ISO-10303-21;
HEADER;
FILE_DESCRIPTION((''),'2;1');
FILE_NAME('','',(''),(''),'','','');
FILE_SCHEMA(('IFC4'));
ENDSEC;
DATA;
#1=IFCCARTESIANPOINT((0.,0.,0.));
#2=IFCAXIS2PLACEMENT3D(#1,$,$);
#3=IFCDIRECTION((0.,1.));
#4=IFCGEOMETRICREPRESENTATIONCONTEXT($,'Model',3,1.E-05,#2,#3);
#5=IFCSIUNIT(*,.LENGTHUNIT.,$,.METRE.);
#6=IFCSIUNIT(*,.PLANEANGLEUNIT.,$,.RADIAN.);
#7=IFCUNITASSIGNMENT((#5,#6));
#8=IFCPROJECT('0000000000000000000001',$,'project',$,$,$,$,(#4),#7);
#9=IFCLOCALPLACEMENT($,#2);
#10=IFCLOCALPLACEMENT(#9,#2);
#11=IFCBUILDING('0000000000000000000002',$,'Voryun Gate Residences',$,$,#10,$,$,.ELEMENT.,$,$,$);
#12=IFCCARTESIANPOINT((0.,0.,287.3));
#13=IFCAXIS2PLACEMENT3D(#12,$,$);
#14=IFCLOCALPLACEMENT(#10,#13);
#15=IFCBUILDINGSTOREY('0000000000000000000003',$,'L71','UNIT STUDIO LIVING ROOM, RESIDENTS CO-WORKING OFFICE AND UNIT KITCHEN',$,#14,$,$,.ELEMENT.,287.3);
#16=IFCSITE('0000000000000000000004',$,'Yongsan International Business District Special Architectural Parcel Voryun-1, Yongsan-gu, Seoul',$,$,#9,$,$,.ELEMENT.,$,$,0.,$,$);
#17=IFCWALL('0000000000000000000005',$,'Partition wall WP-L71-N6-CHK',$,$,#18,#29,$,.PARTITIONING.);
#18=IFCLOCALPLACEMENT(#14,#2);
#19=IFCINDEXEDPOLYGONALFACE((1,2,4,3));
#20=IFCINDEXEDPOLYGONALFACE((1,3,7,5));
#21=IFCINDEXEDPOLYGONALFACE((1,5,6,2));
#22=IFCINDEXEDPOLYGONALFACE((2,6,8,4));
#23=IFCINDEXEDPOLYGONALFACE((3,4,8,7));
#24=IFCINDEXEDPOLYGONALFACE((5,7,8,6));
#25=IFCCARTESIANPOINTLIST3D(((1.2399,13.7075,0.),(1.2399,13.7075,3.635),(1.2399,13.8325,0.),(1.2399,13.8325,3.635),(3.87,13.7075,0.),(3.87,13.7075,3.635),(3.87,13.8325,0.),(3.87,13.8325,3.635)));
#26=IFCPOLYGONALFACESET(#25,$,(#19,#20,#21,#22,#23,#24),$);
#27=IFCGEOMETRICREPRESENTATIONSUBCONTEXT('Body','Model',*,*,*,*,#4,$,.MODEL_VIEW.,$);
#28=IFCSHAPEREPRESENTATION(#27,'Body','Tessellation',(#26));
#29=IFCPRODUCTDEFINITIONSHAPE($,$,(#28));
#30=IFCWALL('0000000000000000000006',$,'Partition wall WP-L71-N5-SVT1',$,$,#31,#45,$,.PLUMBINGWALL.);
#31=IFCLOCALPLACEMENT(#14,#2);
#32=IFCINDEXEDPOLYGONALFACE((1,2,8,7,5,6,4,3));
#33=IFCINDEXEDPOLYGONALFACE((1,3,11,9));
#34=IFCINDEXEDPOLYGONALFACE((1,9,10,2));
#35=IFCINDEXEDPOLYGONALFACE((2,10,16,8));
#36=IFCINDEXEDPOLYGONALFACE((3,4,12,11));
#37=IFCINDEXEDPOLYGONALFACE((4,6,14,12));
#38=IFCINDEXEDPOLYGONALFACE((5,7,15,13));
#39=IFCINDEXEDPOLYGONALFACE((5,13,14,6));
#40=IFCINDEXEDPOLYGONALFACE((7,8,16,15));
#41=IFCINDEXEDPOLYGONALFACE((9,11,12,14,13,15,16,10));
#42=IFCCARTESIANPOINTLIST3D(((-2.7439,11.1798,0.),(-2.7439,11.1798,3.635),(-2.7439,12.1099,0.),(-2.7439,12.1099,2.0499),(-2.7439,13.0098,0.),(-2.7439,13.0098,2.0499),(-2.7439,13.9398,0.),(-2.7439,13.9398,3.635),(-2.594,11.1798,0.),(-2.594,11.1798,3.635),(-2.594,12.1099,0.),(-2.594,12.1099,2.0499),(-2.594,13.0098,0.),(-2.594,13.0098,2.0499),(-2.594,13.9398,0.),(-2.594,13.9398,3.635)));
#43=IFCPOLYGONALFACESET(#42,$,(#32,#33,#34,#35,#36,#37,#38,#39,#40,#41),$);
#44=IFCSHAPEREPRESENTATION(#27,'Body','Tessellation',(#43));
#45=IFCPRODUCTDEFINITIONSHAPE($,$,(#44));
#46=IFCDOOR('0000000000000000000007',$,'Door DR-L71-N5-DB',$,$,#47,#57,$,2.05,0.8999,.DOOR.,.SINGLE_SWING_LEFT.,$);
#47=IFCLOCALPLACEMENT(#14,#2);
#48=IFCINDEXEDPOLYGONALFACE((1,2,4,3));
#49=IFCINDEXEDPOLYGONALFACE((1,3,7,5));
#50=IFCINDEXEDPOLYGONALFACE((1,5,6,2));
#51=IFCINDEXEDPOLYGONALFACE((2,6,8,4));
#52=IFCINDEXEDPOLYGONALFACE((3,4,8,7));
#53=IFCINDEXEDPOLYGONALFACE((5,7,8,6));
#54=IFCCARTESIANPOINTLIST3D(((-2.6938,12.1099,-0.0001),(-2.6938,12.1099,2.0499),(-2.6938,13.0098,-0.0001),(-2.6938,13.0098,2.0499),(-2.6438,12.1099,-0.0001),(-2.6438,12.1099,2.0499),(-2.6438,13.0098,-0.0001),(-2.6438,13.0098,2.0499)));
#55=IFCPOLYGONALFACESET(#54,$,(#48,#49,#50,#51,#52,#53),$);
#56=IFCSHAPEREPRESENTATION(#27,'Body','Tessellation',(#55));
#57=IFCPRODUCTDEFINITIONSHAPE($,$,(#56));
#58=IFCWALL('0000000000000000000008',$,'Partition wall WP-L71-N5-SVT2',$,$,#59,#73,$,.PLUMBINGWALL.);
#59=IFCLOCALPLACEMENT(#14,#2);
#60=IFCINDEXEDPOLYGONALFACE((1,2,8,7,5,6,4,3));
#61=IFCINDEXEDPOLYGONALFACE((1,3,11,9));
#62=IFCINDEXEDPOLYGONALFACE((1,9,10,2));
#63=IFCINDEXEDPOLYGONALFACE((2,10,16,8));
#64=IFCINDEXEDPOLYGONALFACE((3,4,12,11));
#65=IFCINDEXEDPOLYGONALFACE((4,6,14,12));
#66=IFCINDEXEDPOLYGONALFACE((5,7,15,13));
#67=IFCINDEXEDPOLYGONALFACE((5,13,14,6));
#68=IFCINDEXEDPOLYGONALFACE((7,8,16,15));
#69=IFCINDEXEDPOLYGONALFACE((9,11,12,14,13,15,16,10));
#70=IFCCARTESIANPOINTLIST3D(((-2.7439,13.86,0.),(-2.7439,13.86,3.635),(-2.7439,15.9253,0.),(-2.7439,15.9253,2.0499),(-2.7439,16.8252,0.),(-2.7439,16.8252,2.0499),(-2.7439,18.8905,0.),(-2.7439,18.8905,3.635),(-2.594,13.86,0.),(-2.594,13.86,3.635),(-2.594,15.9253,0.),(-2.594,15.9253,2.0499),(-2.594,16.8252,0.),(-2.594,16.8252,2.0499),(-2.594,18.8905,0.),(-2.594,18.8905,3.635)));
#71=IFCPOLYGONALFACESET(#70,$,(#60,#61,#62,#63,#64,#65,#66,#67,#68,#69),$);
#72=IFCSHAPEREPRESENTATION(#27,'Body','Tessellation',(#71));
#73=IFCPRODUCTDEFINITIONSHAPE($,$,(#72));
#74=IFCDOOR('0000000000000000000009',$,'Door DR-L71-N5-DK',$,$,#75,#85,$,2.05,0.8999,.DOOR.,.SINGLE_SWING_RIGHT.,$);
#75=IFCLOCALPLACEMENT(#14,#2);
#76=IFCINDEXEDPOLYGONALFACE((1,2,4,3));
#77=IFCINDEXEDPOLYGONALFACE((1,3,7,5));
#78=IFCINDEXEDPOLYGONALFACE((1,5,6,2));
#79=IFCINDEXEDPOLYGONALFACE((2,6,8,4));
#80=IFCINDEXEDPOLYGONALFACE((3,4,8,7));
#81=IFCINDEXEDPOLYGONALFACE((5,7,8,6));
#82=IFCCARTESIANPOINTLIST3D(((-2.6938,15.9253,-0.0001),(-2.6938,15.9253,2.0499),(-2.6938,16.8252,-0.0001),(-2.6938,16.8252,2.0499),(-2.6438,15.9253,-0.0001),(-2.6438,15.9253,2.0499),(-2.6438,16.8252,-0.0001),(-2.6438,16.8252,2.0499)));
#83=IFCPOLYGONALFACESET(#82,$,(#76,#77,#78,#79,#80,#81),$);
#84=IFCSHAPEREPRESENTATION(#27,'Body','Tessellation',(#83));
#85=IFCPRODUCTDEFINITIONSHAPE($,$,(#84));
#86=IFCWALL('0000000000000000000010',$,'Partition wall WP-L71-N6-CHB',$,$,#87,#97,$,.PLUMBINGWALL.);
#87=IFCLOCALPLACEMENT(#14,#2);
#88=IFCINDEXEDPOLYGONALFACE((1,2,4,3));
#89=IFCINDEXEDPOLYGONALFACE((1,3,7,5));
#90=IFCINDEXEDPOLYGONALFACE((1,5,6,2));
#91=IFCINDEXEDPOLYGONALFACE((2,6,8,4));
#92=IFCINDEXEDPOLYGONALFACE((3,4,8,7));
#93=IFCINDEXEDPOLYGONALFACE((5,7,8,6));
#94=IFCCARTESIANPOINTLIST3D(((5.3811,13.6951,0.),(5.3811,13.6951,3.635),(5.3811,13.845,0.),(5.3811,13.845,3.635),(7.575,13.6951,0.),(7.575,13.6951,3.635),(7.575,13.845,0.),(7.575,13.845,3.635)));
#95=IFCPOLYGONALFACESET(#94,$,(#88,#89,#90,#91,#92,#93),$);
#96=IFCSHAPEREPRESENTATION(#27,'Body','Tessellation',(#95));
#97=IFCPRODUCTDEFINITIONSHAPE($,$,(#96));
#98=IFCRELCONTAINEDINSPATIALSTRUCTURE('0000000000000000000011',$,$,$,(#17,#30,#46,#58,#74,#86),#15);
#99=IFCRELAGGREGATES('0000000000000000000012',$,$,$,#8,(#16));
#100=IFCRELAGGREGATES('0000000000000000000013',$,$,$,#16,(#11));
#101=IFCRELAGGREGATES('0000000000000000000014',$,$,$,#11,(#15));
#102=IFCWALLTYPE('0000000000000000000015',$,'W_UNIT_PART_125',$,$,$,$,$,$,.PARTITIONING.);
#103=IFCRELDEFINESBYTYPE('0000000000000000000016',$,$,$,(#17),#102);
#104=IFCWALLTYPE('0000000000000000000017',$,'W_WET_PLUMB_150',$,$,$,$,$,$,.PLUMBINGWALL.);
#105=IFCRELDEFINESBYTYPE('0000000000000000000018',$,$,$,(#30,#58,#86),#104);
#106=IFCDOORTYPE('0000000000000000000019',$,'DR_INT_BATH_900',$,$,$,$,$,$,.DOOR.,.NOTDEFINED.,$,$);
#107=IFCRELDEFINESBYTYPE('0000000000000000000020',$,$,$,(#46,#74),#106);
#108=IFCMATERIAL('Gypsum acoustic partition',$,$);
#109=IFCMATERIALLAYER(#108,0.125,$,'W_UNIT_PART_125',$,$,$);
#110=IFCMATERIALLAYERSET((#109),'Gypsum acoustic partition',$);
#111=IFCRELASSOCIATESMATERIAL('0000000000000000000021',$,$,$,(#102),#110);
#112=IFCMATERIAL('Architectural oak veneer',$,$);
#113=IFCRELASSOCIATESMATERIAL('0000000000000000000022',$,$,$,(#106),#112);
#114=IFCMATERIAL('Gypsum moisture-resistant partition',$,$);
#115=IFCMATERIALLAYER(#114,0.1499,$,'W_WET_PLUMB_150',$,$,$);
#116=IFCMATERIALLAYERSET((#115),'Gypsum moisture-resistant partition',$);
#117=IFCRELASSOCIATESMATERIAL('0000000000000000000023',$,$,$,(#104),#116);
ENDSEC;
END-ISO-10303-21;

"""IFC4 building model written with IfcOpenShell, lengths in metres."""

from ifc_helpers import new_model, si_unit, direction, frame, frame_2d, origin, place, context, subcontext, project, spatial, rectangle, extrude, material, layer, layer_set, type_object, element, fill, save


model = new_model("IFC4")

# Units and contexts
model_context = context("Model", 3, precision=1e-05, world=origin(), true_north=direction((0.0, 1.0)))
body_context = subcontext(model_context, "Body", "Model", "MODEL_VIEW")
ifc_project = project(units=[si_unit("LENGTHUNIT", "METRE"), si_unit("PLANEANGLEUNIT", "RADIAN")], contexts=[model_context])

# Site, building, storey
site_placement = place(None, origin())
site = spatial("IfcSite", under=ifc_project, at=site_placement, Name="Yongsan International Business District Special Architectural Parcel Voryun-1, Yongsan-gu, Seoul", CompositionType="ELEMENT", RefElevation=0.0)
building_placement = place(site_placement, origin())
building = spatial("IfcBuilding", under=site, at=building_placement, Name="Voryun Gate Residences", CompositionType="ELEMENT")
storey_placement = place(building_placement, frame((0.0, 0.0, 287.3)))
storey = spatial("IfcBuildingStorey", under=building, at=storey_placement, Name="L71", Description="UNIT STUDIO LIVING ROOM, RESIDENTS CO-WORKING OFFICE AND UNIT KITCHEN", CompositionType="ELEMENT", Elevation=287.3)

# Shared definitions
ifc_material_1 = material(Name="Gypsum acoustic partition")
ifc_layer_1 = layer(ifc_material_1, 0.125, Name="W_UNIT_PART_125")
ifc_layer_set_1 = layer_set([ifc_layer_1], Name="Gypsum acoustic partition")
wall_type_1 = type_object("IfcWallType", Name="W_UNIT_PART_125", PredefinedType="PARTITIONING", material=ifc_layer_set_1)
ifc_material_2 = material(Name="Architectural oak veneer")
door_type = type_object("IfcDoorType", Name="DR_INT_BATH_900", OperationType="NOTDEFINED", PredefinedType="DOOR", material=ifc_material_2)

# Wall
wall_1_placement = place(storey_placement, frame((1.24, 13.77, 0.0), z_axis=(0.0, 0.0, 1.0), x_axis=(1.0, 0.0, 0.0)))
element("IfcWall", 1, at=wall_1_placement, inside=storey, type_object=wall_type_1, Name="Partition wall WP-L71-N6-CHK", PredefinedType="PARTITIONING", context=body_context, shape_type="SweptSolid", body=[
    extrude(rectangle(XDim=2.6301, YDim=0.125, at=frame_2d((1.3149, 0.0))), origin(), (0.0, 0.0, 1.0), 3.635),
])

# Walls, openings, doors
ifc_material_3 = material(Name="Gypsum moisture-resistant partition")
ifc_layer_2 = layer(ifc_material_3, 0.1499, Name="W_WET_PLUMB_150")
ifc_layer_set_2 = layer_set([ifc_layer_2], Name="Gypsum moisture-resistant partition")
wall_type_2 = type_object("IfcWallType", Name="W_WET_PLUMB_150", PredefinedType="PLUMBINGWALL", material=ifc_layer_set_2)
wall_2_placement = place(storey_placement, frame((-2.6689, 11.1799, 0.0), z_axis=(0.0, 0.0, 1.0), x_axis=(0.0, 1.0, 0.0)))
wall_2 = element("IfcWall", 2, at=wall_2_placement, inside=storey, type_object=wall_type_2, Name="Partition wall WP-L71-N5-SVT1", PredefinedType="PLUMBINGWALL", context=body_context, shape_type="SweptSolid", body=[
    extrude(rectangle(XDim=2.76, YDim=0.1499, at=frame_2d((1.3799, 0.0))), origin(), (0.0, 0.0, 1.0), 3.635),
])
opening_1_placement = place(wall_2_placement, frame((0.9299, 0.0, 0.0)))
opening_1 = element("IfcOpeningElement", 3, at=opening_1_placement, cuts=wall_2, PredefinedType="OPENING", context=body_context, shape_type="SweptSolid", body=[
    extrude(rectangle(XDim=0.8999, YDim=2.05, at=frame_2d((0.45, 1.0249))), frame((0.0, 0.085, 0.0), z_axis=(0.0, -1.0, 0.0), x_axis=(1.0, 0.0, 0.0)), (0.0, 0.0, 1.0), 0.1699),
])
door_1_placement = place(opening_1_placement, origin())
door_1 = element("IfcDoor", 4, at=door_1_placement, inside=storey, type_object=door_type, Name="Door DR-L71-N5-DB", OperationType="SINGLE_SWING_LEFT", OverallHeight=2.05, OverallWidth=0.8999, PredefinedType="DOOR", context=body_context, shape_type="SweptSolid", body=[
    extrude(rectangle(XDim=0.8999, YDim=2.05, at=frame_2d((0.45, 1.0249))), frame((0.0, 0.0249, 0.0), z_axis=(0.0, -1.0, 0.0), x_axis=(1.0, 0.0, 0.0)), (0.0, 0.0, 1.0), 0.05),
])
fill(opening_1, door_1)
wall_3_placement = place(storey_placement, frame((-2.6689, 13.8601, 0.0), z_axis=(0.0, 0.0, 1.0), x_axis=(0.0, 1.0, 0.0)))
wall_3 = element("IfcWall", 5, at=wall_3_placement, inside=storey, type_object=wall_type_2, Name="Partition wall WP-L71-N5-SVT2", PredefinedType="PLUMBINGWALL", context=body_context, shape_type="SweptSolid", body=[
    extrude(rectangle(XDim=5.0305, YDim=0.1499, at=frame_2d((2.5151, 0.0))), origin(), (0.0, 0.0, 1.0), 3.635),
])
opening_2_placement = place(wall_3_placement, frame((2.0652, 0.0, 0.0)))
opening_2 = element("IfcOpeningElement", 6, at=opening_2_placement, cuts=wall_3, PredefinedType="OPENING", context=body_context, shape_type="SweptSolid", body=[
    extrude(rectangle(XDim=0.8999, YDim=2.05, at=frame_2d((0.45, 1.0249))), frame((0.0, 0.085, 0.0), z_axis=(0.0, -1.0, 0.0), x_axis=(1.0, 0.0, 0.0)), (0.0, 0.0, 1.0), 0.1699),
])
door_2_placement = place(opening_2_placement, origin())
door_2 = element("IfcDoor", 7, at=door_2_placement, inside=storey, type_object=door_type, Name="Door DR-L71-N5-DK", OperationType="SINGLE_SWING_RIGHT", OverallHeight=2.05, OverallWidth=0.8999, PredefinedType="DOOR", context=body_context, shape_type="SweptSolid", body=[
    extrude(rectangle(XDim=0.8999, YDim=2.05, at=frame_2d((0.45, 1.0249))), frame((0.0, 0.0249, 0.0), z_axis=(0.0, -1.0, 0.0), x_axis=(1.0, 0.0, 0.0)), (0.0, 0.0, 1.0), 0.05),
])
fill(opening_2, door_2)

# Wall
wall_4_placement = place(storey_placement, frame((5.3811, 13.77, 0.0), z_axis=(0.0, 0.0, 1.0), x_axis=(1.0, 0.0, 0.0)))
element("IfcWall", 8, at=wall_4_placement, inside=storey, type_object=wall_type_2, Name="Partition wall WP-L71-N6-CHB", PredefinedType="PLUMBINGWALL", context=body_context, shape_type="SweptSolid", body=[
    extrude(rectangle(XDim=2.1938, YDim=0.1499, at=frame_2d((1.0969, 0.0))), origin(), (0.0, 0.0, 1.0), 3.635),
])

save(model, "model.ifc")
